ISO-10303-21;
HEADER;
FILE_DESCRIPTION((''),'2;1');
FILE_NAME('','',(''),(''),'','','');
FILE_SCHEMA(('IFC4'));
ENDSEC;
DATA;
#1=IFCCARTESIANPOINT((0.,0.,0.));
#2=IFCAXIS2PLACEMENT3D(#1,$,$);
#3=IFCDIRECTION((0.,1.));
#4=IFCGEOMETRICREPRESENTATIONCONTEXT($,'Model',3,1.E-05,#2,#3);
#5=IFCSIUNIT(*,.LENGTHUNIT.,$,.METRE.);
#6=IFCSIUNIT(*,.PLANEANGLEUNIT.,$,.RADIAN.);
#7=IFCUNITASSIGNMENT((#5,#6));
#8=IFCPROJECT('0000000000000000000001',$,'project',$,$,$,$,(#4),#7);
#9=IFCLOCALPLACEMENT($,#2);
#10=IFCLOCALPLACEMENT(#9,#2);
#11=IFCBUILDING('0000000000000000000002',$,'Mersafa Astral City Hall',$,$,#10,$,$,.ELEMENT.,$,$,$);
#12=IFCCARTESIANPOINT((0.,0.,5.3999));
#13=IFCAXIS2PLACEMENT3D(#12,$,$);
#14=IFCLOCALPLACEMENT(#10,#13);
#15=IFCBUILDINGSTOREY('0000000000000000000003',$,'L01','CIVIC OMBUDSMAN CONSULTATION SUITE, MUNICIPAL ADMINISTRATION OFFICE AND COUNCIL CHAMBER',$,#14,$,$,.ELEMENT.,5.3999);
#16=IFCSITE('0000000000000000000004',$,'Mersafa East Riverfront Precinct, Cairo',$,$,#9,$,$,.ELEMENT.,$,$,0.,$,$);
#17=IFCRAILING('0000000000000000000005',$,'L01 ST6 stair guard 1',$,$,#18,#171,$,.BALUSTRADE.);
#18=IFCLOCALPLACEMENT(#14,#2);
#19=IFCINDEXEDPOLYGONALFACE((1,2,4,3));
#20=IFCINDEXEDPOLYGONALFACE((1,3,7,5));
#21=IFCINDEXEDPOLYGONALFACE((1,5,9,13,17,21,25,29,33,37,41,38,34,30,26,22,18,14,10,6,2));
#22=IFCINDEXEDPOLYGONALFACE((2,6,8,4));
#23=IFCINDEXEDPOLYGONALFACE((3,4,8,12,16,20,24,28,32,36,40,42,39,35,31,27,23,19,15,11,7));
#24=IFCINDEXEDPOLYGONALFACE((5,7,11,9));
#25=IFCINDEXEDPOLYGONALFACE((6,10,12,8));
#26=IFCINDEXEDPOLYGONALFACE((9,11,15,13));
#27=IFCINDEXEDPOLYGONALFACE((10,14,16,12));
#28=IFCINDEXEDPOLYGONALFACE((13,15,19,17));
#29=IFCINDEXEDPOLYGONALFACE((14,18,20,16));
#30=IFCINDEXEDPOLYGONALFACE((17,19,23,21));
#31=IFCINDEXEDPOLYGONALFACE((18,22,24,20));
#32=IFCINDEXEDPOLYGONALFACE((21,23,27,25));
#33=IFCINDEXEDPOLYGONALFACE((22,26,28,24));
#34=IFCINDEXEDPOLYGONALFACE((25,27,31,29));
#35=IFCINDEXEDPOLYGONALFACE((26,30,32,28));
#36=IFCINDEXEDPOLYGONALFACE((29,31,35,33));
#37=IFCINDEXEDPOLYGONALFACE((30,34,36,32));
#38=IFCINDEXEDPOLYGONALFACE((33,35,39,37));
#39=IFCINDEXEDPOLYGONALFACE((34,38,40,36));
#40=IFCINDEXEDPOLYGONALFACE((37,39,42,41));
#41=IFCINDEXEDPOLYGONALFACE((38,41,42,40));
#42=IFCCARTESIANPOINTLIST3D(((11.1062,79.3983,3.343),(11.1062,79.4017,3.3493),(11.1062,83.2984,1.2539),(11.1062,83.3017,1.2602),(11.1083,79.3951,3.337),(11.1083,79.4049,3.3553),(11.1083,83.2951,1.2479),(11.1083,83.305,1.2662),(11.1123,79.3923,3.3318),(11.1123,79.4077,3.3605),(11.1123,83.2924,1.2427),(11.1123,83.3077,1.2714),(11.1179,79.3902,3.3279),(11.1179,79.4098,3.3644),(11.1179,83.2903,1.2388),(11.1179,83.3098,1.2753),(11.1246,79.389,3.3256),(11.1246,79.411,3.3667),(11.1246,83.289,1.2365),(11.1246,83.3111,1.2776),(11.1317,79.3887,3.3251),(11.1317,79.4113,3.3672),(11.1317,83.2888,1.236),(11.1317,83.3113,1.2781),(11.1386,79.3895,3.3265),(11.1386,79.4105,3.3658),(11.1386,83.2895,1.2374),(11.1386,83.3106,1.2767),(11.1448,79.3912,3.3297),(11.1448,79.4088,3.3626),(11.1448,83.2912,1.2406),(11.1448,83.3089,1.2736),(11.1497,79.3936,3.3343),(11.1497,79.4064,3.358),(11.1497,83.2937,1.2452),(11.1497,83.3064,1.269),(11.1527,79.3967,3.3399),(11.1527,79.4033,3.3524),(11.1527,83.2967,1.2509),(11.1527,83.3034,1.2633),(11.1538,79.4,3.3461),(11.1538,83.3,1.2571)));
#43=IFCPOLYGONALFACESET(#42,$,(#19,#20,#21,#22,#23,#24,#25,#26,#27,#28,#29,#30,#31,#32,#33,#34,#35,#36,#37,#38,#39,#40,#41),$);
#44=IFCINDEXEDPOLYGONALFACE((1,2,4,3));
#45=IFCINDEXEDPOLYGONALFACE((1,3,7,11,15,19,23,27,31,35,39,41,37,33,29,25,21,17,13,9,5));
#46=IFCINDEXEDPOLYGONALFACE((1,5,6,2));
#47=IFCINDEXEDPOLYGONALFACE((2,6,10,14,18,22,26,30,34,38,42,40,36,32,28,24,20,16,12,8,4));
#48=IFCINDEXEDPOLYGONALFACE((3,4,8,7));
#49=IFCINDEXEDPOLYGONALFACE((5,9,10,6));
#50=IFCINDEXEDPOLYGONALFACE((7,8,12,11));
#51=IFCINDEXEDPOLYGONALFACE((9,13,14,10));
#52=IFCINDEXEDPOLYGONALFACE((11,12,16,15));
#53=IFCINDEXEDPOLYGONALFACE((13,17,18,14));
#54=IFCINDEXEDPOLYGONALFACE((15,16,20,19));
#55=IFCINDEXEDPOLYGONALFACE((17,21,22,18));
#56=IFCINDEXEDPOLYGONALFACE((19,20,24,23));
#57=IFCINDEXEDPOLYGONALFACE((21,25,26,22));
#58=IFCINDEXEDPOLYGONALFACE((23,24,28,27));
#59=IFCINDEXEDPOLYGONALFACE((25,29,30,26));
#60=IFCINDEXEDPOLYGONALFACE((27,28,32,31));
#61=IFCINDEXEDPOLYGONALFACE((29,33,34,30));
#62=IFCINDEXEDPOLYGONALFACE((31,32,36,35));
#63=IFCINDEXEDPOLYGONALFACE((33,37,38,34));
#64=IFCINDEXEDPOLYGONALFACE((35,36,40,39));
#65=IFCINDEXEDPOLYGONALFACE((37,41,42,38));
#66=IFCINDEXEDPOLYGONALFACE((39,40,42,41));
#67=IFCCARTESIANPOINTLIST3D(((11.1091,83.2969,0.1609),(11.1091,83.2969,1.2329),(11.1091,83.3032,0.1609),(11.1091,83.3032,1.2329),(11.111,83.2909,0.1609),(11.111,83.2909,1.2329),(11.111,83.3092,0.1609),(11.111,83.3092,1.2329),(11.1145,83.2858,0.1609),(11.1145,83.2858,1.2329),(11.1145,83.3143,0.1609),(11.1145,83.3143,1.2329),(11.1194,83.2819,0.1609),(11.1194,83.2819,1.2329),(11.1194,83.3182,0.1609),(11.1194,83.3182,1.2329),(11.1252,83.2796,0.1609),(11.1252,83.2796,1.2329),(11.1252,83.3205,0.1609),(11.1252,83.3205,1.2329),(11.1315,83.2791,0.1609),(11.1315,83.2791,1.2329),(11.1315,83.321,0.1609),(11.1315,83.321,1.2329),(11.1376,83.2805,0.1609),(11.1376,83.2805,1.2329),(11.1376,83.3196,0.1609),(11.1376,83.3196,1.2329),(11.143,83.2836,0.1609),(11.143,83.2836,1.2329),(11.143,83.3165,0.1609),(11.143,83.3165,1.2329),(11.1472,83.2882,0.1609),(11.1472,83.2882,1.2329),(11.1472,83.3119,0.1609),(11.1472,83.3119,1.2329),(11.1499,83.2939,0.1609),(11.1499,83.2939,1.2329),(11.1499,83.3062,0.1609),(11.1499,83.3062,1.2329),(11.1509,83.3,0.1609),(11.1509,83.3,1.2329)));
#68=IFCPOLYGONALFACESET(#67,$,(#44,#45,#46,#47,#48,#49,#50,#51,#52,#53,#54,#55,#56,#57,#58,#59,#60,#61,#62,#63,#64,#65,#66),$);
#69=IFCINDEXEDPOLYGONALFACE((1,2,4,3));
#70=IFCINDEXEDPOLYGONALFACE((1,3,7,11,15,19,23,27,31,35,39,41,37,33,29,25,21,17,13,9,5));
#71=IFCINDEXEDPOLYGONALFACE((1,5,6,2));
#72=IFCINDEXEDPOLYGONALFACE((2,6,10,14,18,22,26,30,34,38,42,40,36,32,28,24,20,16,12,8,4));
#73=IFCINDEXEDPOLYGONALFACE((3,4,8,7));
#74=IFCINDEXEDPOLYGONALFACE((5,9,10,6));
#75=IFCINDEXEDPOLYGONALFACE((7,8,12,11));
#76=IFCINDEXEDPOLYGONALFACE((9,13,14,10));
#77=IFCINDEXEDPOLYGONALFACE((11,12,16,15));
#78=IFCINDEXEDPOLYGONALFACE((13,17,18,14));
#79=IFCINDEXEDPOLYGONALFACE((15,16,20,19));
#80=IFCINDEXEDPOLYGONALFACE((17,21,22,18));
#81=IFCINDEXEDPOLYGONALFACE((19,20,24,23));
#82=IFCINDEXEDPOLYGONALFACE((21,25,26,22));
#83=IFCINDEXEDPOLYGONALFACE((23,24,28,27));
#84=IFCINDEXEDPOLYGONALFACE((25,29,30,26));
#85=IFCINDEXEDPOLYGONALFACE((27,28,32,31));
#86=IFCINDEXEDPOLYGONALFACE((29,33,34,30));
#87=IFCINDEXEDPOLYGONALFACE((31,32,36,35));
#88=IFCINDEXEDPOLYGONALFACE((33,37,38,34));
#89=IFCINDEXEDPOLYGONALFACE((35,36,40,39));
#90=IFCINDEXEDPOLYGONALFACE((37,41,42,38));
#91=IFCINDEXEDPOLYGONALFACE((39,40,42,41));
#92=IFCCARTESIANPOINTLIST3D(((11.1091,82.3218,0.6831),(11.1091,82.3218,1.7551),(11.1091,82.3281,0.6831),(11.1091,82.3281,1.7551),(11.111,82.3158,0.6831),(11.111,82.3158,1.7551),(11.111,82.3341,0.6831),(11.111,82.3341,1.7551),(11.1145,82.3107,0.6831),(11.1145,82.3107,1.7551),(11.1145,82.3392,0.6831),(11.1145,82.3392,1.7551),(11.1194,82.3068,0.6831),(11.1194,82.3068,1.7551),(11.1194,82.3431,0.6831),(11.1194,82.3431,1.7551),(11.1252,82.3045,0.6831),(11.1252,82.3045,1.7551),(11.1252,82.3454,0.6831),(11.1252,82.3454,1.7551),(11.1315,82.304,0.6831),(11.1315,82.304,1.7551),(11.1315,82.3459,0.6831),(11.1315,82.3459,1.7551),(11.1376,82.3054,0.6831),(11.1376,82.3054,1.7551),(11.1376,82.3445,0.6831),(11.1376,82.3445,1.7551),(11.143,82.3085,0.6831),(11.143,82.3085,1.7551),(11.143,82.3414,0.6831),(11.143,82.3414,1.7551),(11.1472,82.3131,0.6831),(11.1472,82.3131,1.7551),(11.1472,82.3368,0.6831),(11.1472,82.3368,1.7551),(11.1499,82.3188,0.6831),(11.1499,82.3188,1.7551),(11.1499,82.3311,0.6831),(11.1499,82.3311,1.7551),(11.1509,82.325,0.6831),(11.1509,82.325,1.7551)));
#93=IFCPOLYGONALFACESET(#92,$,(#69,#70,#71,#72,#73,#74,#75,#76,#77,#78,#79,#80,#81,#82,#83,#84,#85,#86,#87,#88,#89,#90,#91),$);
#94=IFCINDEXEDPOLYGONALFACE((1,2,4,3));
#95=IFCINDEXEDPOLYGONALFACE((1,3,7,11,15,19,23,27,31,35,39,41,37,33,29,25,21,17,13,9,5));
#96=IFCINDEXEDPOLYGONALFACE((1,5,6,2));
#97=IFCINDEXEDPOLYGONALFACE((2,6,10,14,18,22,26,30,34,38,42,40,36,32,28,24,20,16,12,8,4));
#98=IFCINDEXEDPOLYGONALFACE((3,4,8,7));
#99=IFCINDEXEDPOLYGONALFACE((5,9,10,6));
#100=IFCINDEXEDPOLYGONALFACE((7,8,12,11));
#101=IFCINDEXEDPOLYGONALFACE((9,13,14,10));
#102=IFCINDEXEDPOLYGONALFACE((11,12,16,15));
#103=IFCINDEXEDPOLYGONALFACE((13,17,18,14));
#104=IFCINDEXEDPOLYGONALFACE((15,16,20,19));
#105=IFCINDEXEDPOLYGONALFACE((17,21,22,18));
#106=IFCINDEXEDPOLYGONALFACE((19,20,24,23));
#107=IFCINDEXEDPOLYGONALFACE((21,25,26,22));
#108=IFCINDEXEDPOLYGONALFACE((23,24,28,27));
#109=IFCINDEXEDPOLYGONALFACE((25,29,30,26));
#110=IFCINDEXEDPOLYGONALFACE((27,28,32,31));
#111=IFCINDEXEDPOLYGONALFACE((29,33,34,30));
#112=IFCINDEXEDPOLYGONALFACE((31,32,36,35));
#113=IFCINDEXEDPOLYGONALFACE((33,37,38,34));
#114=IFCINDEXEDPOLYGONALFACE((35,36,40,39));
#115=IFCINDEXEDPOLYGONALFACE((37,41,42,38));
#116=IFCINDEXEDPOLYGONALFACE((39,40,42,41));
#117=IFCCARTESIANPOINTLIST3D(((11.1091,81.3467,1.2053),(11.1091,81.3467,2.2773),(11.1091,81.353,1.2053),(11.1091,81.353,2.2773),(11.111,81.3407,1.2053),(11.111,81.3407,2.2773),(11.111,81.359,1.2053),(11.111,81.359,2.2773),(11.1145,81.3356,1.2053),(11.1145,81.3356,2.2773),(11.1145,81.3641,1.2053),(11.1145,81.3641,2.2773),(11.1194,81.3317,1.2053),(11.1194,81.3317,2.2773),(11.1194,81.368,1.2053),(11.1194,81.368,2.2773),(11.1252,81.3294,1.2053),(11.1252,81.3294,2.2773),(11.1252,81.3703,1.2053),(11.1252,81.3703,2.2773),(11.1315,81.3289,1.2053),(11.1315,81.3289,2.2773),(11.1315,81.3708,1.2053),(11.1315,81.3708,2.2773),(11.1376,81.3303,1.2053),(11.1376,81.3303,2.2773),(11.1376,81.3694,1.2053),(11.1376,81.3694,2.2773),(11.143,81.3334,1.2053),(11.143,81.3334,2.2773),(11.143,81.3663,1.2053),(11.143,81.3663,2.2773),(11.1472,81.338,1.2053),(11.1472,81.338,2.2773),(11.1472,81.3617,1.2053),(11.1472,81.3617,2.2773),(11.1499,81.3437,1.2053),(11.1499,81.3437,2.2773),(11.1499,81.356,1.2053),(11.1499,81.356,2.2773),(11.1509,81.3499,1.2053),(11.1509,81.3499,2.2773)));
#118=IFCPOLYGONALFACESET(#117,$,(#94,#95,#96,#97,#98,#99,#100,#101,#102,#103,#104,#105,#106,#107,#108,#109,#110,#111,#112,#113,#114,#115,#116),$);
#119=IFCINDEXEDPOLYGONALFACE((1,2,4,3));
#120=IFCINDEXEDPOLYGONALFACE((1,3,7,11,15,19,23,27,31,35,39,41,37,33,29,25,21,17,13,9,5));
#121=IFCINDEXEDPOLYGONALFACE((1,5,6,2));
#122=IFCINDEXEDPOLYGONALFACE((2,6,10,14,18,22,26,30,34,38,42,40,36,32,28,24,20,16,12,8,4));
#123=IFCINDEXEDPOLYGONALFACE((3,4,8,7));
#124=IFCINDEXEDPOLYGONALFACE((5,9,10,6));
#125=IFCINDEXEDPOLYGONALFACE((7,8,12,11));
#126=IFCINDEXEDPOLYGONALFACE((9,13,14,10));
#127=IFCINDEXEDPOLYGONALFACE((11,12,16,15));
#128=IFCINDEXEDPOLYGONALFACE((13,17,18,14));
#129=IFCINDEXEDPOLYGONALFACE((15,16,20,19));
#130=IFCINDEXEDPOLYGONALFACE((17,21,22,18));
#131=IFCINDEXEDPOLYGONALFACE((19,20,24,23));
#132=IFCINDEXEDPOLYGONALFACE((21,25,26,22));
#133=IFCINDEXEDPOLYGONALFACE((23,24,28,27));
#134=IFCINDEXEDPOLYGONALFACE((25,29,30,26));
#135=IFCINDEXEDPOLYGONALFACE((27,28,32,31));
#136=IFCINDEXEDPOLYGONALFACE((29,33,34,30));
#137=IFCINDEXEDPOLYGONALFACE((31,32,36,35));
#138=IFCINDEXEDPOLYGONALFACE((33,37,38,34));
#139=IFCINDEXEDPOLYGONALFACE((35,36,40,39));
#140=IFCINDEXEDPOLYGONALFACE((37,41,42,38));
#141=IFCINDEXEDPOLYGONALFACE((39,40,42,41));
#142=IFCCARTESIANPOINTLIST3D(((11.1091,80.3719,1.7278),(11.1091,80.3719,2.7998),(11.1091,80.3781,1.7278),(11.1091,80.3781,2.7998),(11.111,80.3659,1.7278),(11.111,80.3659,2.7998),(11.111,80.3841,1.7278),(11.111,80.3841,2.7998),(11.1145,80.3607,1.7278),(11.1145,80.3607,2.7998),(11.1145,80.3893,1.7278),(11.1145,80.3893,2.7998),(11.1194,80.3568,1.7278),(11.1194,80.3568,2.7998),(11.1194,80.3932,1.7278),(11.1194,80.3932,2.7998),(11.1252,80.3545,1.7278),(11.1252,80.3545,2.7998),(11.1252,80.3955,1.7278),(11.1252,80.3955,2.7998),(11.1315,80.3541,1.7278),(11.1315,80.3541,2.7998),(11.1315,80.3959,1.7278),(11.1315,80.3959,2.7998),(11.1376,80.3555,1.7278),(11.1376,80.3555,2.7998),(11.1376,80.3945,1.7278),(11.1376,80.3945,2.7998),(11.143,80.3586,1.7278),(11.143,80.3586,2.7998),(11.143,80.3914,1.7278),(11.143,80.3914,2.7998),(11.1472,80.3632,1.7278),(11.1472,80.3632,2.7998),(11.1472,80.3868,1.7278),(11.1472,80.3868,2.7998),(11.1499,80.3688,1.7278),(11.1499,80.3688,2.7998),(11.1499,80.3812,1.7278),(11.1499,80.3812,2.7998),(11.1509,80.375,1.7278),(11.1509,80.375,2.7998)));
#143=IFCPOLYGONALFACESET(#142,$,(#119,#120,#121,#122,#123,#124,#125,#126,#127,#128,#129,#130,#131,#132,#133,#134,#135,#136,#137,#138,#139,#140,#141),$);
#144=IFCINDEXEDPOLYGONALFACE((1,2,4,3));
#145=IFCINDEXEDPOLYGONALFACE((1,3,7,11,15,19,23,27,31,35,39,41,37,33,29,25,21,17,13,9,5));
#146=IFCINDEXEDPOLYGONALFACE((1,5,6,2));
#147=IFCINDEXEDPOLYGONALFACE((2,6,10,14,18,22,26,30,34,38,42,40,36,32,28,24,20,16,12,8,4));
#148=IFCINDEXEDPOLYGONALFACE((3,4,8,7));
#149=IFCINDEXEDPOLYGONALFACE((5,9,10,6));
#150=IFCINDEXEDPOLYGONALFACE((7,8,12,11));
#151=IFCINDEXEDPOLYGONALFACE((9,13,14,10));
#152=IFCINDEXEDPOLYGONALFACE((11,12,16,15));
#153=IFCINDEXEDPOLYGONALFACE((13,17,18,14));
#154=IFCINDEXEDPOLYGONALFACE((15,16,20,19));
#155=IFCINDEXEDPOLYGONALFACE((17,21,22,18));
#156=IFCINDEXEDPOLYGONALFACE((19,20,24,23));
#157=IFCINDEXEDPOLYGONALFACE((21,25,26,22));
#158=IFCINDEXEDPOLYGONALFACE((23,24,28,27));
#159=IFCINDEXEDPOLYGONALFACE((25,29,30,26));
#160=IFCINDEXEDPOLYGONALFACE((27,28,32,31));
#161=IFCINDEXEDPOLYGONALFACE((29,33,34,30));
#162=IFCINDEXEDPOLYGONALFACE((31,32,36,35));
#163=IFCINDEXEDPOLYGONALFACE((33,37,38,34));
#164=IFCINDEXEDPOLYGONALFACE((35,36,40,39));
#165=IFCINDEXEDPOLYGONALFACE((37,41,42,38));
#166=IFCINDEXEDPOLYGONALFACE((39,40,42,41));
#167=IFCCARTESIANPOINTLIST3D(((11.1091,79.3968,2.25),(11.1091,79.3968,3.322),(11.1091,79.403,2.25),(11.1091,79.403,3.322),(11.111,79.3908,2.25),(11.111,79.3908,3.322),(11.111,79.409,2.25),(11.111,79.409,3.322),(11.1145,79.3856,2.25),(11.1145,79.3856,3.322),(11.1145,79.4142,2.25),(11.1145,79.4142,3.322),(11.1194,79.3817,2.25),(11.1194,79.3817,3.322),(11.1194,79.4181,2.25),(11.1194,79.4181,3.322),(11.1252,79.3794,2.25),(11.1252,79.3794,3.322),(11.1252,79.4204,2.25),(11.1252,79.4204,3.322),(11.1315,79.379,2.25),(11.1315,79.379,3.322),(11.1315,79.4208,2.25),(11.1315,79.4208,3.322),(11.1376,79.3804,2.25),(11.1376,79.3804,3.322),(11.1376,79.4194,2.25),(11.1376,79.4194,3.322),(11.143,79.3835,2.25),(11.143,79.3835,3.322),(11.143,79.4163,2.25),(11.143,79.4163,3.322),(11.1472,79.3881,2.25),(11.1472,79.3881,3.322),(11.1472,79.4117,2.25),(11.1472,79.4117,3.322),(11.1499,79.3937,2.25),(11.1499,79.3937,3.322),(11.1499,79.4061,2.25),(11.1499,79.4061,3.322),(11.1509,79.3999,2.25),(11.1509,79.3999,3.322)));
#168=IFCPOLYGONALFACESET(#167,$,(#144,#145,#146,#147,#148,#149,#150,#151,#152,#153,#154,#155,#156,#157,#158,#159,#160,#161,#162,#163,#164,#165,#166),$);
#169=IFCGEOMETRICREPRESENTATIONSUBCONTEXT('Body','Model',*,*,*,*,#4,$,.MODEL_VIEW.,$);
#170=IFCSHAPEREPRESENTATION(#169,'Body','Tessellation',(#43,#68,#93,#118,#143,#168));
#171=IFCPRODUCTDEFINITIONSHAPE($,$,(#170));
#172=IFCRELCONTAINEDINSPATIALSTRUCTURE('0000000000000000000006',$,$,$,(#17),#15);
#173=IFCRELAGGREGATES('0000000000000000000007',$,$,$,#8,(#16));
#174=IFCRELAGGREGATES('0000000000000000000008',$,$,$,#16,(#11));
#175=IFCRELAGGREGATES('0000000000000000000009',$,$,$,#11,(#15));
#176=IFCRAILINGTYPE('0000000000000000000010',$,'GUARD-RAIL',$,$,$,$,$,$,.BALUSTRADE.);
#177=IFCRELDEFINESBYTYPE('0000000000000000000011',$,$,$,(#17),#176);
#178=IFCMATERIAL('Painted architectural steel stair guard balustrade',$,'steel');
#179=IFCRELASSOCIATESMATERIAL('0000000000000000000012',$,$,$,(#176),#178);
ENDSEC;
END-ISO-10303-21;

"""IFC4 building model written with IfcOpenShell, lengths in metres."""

from ifc_helpers import new_model, si_unit, direction, frame, origin, origin_2d, place, context, subcontext, project, spatial, circle, extrude, material, type_object, element, save


model = new_model("IFC4")

# Units and contexts
model_context = context("Model", 3, precision=1e-05, world=origin(), true_north=direction((0.0, 1.0)))
body_context = subcontext(model_context, "Body", "Model", "MODEL_VIEW")
ifc_project = project(units=[si_unit("LENGTHUNIT", "METRE"), si_unit("PLANEANGLEUNIT", "RADIAN")], contexts=[model_context])

# Site, building, storey
site_placement = place(None, origin())
site = spatial("IfcSite", under=ifc_project, at=site_placement, Name="Mersafa East Riverfront Precinct, Cairo", CompositionType="ELEMENT", RefElevation=0.0)
building_placement = place(site_placement, origin())
building = spatial("IfcBuilding", under=site, at=building_placement, Name="Mersafa Astral City Hall", CompositionType="ELEMENT")
storey_placement = place(building_placement, frame((0.0, 0.0, 5.3999)))
storey = spatial("IfcBuildingStorey", under=building, at=storey_placement, Name="L01", Description="CIVIC OMBUDSMAN CONSULTATION SUITE, MUNICIPAL ADMINISTRATION OFFICE AND COUNCIL CHAMBER", CompositionType="ELEMENT", Elevation=5.3999)

# Railing
ifc_material_1 = material(Name="Painted architectural steel stair guard balustrade", Category="steel")
railing_type_1 = type_object("IfcRailingType", Name="GUARD-RAIL", PredefinedType="BALUSTRADE", material=ifc_material_1)
railing_1_placement = place(storey_placement, frame((11.1299, 83.3, 0.1609)))
element("IfcRailing", 1, at=railing_1_placement, inside=storey, type_object=railing_type_1, Name="L01 ST6 stair guard 1", PredefinedType="BALUSTRADE", context=body_context, shape_type="SweptSolid", body=[
    extrude(circle(Radius=0.0239, at=origin_2d()), frame((0.0, 0.0, 1.0962), z_axis=(0.0, -0.881504, 0.472177), x_axis=(1.0, 0.0, 0.0)), (0.0, 0.0, 1.0), 4.4243),
    extrude(circle(Radius=0.021, at=origin_2d()), origin(), (0.0, 0.0, 1.0), 1.072),
    extrude(circle(Radius=0.021, at=origin_2d()), frame((0.0, -0.9751, 0.5222)), (0.0, 0.0, 1.0), 1.072),
    extrude(circle(Radius=0.021, at=origin_2d()), frame((0.0, -1.9502, 1.0444)), (0.0, 0.0, 1.0), 1.072),
    extrude(circle(Radius=0.021, at=origin_2d()), frame((0.0, -2.925, 1.5669)), (0.0, 0.0, 1.0), 1.072),
    extrude(circle(Radius=0.021, at=origin_2d()), frame((0.0, -3.9001, 2.0891)), (0.0, 0.0, 1.0), 1.072),
])

save(model, "model.ifc")
